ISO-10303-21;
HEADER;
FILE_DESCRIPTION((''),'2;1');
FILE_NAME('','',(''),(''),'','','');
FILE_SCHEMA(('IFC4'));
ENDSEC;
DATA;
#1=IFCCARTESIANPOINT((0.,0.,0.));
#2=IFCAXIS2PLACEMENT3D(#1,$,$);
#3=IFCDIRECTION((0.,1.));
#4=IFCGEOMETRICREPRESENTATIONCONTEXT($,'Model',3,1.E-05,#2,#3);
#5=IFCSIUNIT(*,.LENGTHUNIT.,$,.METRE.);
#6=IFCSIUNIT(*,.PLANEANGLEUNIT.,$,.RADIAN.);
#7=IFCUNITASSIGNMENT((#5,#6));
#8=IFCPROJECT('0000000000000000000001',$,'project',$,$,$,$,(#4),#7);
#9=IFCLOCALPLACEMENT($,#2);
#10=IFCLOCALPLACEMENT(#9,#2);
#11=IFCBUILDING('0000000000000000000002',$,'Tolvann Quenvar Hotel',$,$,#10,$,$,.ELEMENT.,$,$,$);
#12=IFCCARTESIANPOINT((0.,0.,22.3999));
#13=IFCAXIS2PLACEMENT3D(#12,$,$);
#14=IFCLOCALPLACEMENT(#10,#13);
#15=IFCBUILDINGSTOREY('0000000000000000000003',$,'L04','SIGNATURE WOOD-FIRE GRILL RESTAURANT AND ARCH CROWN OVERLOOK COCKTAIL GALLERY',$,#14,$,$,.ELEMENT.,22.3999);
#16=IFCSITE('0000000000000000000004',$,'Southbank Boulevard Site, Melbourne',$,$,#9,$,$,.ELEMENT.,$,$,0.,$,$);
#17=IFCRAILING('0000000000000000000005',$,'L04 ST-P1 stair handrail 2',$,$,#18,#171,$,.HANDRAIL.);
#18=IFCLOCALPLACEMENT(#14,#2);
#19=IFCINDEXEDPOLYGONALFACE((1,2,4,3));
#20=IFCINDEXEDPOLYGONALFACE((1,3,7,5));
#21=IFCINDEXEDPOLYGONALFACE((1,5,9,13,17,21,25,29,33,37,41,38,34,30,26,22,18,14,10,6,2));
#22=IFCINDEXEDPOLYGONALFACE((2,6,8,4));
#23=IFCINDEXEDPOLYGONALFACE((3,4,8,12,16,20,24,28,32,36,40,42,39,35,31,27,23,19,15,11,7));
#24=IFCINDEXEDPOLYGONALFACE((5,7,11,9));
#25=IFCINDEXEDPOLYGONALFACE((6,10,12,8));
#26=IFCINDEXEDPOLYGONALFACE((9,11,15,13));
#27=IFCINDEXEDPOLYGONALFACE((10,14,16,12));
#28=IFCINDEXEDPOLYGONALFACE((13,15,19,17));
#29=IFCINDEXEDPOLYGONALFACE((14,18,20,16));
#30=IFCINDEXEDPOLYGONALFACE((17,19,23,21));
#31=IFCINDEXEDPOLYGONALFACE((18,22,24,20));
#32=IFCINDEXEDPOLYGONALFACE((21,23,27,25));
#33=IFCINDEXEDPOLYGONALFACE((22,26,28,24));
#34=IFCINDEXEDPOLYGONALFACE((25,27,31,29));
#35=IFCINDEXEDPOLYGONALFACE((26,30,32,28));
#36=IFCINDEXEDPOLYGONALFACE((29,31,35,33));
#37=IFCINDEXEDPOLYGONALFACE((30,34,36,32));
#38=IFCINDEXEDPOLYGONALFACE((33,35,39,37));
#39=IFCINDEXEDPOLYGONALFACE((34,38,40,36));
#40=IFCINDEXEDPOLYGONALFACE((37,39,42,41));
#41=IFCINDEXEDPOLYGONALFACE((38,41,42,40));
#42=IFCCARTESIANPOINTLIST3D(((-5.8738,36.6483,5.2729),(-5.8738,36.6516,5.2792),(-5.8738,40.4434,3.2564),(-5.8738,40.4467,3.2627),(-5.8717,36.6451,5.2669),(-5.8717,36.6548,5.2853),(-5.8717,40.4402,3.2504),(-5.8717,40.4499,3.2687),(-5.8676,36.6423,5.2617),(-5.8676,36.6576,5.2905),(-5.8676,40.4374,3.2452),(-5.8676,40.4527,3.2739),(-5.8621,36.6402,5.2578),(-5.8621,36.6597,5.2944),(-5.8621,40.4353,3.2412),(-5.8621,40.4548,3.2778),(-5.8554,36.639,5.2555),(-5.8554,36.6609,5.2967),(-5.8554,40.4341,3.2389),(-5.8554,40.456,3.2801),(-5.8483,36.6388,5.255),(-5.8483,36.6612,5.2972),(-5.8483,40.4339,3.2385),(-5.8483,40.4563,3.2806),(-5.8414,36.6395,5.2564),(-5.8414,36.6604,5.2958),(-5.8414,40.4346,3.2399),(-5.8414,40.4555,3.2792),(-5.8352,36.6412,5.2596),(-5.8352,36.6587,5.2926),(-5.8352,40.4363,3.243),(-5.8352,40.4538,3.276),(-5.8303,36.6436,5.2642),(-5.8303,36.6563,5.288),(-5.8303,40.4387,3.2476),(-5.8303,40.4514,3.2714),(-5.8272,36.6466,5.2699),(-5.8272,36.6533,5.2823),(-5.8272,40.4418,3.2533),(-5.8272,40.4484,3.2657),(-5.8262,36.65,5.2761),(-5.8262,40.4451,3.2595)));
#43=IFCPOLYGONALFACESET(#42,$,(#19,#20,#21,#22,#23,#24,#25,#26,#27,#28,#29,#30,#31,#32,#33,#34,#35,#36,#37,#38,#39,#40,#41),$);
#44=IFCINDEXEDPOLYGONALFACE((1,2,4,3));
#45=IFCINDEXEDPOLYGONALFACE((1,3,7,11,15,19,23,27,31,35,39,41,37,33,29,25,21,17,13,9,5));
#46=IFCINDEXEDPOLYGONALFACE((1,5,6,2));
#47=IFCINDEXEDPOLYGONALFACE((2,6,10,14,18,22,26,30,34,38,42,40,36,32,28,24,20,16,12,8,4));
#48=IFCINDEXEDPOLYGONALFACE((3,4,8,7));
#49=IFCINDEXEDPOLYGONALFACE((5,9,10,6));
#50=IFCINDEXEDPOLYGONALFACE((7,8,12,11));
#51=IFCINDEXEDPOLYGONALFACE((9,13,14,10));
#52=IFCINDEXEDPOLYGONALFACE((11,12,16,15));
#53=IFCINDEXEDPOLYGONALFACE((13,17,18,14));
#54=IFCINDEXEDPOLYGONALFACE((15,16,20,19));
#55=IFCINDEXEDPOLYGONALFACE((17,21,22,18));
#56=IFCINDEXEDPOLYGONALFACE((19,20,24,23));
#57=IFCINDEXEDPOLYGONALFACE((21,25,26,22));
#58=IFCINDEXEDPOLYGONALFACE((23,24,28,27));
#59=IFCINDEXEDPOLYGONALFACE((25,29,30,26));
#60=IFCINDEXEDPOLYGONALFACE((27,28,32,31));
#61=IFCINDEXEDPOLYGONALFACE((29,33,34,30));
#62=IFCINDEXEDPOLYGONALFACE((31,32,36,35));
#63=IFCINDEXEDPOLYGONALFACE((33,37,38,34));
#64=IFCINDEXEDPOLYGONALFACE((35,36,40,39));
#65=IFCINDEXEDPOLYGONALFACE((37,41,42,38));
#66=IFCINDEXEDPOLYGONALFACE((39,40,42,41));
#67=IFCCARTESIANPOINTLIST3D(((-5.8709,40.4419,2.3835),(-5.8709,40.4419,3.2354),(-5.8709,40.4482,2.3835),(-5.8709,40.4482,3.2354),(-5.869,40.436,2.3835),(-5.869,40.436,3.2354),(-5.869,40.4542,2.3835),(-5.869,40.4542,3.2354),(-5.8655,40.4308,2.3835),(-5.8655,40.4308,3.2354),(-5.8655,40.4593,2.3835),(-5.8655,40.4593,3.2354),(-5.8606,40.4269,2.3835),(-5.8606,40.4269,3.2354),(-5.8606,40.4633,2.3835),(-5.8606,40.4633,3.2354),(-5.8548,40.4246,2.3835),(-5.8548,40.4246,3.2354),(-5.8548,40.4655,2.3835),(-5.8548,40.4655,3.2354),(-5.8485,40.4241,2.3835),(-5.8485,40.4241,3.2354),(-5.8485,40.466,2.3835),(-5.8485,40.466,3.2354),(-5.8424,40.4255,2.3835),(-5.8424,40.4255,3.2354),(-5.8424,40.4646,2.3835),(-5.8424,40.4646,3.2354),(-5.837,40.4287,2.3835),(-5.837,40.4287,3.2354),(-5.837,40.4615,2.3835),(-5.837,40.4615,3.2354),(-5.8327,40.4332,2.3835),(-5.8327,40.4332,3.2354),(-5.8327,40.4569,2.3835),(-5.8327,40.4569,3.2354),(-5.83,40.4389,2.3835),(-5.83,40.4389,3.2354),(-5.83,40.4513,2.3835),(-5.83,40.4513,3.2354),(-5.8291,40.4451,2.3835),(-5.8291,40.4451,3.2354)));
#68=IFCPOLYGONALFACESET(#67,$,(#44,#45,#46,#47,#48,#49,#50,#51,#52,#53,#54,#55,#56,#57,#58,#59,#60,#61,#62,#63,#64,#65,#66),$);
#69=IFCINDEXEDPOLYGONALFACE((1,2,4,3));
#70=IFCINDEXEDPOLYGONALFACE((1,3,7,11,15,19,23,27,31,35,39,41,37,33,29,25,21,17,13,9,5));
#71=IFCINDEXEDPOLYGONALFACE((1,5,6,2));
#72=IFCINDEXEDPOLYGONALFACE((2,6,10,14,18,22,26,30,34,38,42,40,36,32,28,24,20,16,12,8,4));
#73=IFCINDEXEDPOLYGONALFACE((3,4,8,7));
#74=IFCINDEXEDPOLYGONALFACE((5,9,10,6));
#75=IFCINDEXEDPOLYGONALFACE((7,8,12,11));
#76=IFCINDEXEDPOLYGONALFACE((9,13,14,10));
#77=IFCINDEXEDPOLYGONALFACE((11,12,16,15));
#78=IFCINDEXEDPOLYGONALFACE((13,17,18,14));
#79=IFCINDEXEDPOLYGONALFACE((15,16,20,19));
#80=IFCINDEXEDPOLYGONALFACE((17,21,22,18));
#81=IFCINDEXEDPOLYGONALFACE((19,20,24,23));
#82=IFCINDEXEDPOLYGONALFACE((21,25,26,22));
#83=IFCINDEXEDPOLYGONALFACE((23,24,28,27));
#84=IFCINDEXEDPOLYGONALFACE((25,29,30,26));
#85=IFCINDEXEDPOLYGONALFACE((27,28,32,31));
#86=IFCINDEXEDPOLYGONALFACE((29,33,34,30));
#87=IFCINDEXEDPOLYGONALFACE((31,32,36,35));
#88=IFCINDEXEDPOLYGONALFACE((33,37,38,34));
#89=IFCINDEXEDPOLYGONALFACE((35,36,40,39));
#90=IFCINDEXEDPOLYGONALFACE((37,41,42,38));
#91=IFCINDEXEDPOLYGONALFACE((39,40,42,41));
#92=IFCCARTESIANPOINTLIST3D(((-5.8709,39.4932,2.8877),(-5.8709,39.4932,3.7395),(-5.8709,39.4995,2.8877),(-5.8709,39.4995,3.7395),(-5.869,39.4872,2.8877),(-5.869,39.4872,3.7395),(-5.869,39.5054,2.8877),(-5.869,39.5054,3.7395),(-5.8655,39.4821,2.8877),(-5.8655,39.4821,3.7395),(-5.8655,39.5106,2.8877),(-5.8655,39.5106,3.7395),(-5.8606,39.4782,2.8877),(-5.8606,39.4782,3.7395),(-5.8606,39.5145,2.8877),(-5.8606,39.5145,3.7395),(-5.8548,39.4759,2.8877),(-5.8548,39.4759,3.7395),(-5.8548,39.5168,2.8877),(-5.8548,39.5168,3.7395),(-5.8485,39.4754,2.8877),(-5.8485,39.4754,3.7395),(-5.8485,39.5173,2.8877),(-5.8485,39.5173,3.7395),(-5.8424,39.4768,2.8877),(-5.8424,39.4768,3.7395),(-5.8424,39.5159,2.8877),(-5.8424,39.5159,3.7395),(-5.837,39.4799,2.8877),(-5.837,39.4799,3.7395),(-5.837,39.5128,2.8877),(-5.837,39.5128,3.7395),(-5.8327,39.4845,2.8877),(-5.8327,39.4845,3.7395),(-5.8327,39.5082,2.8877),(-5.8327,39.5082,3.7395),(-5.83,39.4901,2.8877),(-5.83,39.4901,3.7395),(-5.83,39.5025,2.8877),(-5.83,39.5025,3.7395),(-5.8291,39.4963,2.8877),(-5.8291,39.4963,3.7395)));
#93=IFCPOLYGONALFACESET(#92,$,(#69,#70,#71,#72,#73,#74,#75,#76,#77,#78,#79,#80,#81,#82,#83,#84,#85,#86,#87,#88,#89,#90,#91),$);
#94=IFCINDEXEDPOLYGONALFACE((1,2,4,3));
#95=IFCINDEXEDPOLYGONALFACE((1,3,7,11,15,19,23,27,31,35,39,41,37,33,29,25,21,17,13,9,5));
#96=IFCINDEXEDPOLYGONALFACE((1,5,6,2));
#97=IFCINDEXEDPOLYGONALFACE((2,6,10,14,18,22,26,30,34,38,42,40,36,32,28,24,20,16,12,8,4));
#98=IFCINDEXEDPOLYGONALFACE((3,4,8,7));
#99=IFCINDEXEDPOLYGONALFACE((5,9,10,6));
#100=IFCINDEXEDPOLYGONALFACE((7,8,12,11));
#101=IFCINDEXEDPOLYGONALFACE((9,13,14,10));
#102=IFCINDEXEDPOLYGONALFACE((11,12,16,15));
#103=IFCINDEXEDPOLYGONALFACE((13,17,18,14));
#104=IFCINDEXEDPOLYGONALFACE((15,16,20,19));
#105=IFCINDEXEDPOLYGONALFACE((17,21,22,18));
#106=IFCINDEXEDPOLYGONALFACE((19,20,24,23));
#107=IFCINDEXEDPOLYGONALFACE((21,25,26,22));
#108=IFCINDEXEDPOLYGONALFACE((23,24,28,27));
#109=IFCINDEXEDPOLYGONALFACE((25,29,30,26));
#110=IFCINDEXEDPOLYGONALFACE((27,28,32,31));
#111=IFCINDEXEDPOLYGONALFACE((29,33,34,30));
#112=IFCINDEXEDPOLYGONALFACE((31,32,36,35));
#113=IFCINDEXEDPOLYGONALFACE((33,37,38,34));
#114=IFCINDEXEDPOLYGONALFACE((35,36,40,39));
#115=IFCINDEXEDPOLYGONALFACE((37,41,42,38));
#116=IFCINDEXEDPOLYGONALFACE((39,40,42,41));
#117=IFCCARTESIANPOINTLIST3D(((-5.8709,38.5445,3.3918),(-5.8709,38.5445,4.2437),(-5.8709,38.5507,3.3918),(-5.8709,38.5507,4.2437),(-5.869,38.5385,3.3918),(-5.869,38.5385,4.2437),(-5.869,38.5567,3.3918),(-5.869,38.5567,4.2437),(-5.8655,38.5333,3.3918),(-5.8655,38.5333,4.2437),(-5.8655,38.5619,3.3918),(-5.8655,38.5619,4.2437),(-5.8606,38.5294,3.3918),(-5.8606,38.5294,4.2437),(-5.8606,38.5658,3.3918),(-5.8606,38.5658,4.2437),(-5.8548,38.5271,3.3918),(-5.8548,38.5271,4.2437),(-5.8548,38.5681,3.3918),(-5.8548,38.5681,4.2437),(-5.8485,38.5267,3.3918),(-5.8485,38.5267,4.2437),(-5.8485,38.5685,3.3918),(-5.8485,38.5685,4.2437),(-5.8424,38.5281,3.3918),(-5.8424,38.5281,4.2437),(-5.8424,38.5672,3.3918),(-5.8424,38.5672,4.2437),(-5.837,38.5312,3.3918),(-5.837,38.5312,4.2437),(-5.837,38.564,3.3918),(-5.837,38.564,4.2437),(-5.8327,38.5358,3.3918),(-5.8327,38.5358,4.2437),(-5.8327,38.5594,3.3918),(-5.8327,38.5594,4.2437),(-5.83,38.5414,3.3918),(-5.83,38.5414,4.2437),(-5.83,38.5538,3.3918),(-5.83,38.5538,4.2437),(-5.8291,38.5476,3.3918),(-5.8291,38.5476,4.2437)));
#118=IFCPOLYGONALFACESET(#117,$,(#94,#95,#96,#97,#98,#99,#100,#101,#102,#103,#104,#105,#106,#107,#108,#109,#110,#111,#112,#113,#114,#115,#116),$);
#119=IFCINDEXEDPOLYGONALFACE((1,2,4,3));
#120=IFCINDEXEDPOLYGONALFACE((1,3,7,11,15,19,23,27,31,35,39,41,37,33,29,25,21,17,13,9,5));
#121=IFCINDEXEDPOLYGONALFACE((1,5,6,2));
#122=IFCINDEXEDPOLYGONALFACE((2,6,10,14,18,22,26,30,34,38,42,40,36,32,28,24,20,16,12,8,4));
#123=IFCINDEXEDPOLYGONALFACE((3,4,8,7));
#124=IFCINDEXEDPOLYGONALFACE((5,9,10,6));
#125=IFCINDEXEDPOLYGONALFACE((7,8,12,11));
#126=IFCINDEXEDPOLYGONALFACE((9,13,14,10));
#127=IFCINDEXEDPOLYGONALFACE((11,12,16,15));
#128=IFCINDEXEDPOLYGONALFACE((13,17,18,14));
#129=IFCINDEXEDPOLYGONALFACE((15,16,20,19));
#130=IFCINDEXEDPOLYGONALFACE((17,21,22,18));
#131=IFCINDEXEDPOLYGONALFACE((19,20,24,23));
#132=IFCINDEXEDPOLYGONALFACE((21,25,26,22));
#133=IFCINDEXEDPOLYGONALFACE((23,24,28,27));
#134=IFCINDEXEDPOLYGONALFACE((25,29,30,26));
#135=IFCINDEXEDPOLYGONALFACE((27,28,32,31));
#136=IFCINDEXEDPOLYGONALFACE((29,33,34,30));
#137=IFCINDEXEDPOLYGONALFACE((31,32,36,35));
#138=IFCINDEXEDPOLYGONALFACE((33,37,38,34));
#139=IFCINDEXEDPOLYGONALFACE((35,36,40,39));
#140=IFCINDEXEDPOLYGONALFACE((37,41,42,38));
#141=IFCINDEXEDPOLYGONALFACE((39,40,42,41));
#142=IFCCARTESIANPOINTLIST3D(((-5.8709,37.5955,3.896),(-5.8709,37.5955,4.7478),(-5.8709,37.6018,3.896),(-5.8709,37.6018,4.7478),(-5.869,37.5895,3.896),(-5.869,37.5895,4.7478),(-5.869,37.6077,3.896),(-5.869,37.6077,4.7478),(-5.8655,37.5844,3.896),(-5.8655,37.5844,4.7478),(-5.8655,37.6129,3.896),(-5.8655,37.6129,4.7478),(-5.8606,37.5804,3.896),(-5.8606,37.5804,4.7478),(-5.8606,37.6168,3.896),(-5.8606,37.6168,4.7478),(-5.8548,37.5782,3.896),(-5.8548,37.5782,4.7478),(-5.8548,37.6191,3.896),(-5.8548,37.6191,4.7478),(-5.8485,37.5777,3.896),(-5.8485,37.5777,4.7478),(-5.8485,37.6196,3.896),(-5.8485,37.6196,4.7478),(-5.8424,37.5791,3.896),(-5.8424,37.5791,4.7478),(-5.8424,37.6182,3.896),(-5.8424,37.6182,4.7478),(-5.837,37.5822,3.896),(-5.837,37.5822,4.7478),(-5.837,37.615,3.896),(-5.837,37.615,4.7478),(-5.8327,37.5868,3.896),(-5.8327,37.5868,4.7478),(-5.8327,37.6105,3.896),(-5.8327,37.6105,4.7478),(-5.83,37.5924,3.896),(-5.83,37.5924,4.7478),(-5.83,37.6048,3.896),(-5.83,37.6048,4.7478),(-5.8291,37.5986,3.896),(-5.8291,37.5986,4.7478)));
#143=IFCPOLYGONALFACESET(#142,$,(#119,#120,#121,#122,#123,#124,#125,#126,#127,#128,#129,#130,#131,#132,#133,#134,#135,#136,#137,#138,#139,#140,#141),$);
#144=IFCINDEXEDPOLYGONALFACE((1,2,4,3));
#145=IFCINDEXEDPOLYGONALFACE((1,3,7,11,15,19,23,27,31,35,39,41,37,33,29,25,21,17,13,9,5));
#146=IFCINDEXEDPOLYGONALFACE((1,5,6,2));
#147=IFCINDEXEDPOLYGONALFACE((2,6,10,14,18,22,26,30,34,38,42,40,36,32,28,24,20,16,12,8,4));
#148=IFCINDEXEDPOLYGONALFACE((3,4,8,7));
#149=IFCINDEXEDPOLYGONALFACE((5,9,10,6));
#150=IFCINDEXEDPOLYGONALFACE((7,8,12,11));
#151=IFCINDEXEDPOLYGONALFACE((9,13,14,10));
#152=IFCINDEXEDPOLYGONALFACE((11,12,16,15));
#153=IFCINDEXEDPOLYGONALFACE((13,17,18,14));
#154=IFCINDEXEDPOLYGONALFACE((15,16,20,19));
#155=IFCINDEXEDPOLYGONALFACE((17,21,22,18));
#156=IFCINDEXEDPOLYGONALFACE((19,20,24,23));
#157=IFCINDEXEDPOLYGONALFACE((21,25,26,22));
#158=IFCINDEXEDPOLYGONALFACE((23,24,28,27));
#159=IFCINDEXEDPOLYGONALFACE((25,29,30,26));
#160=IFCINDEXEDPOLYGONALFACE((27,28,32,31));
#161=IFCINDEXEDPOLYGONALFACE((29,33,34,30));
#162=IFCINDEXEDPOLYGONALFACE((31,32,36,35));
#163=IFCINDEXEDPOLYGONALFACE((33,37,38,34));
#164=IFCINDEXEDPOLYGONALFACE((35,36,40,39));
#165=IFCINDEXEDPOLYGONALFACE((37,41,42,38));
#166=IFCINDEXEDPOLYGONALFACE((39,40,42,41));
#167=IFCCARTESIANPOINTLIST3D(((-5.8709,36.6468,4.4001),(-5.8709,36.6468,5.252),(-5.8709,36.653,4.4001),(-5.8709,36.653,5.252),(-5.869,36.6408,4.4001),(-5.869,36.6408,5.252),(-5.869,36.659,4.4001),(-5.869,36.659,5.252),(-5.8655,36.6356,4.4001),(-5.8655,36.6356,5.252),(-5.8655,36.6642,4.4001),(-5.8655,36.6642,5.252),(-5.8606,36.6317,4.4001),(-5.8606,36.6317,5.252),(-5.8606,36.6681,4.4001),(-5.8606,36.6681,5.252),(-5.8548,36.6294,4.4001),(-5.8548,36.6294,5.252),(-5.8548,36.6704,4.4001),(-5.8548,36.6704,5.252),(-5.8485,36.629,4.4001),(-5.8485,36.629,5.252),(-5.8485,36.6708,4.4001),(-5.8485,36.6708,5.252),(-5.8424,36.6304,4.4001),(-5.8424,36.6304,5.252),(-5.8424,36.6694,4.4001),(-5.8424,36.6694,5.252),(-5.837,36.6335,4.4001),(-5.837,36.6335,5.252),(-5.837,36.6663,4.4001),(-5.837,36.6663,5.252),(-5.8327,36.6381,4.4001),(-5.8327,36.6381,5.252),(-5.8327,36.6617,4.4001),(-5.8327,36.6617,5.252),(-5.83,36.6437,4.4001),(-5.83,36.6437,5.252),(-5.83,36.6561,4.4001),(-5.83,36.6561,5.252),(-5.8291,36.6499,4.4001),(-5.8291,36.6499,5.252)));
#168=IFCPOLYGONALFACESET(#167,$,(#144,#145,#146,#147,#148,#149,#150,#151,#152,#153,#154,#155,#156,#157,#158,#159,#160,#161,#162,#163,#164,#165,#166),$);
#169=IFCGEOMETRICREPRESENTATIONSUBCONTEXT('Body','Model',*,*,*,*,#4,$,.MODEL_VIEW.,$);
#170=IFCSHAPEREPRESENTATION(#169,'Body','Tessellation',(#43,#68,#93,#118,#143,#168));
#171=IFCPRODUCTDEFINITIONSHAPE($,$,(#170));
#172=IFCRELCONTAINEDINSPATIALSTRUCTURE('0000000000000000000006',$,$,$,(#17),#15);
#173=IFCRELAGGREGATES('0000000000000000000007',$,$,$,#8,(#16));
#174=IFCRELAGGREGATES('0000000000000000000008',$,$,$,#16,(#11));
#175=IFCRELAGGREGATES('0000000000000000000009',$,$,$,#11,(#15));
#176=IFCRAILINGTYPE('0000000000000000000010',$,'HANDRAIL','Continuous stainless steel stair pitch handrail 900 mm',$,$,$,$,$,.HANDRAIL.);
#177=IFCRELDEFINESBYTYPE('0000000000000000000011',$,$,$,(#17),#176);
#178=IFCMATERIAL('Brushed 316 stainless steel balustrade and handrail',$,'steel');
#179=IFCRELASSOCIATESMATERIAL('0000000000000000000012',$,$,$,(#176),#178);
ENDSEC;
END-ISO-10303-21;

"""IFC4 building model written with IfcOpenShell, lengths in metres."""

from ifc_helpers import new_model, si_unit, direction, frame, origin, origin_2d, place, context, subcontext, project, spatial, circle, extrude, material, type_object, element, save


model = new_model("IFC4")

# Units and contexts
model_context = context("Model", 3, precision=1e-05, world=origin(), true_north=direction((0.0, 1.0)))
body_context = subcontext(model_context, "Body", "Model", "MODEL_VIEW")
ifc_project = project(units=[si_unit("LENGTHUNIT", "METRE"), si_unit("PLANEANGLEUNIT", "RADIAN")], contexts=[model_context])

# Site, building, storey
site_placement = place(None, origin())
site = spatial("IfcSite", under=ifc_project, at=site_placement, Name="Southbank Boulevard Site, Melbourne", CompositionType="ELEMENT", RefElevation=0.0)
building_placement = place(site_placement, origin())
building = spatial("IfcBuilding", under=site, at=building_placement, Name="Tolvann Quenvar Hotel", CompositionType="ELEMENT")
storey_placement = place(building_placement, frame((0.0, 0.0, 22.3999)))
storey = spatial("IfcBuildingStorey", under=building, at=storey_placement, Name="L04", Description="SIGNATURE WOOD-FIRE GRILL RESTAURANT AND ARCH CROWN OVERLOOK COCKTAIL GALLERY", CompositionType="ELEMENT", Elevation=22.3999)

# Railing
ifc_material_1 = material(Name="Brushed 316 stainless steel balustrade and handrail", Category="steel")
railing_type_1 = type_object("IfcRailingType", Name="HANDRAIL", Description="Continuous stainless steel stair pitch handrail 900 mm", PredefinedType="HANDRAIL", material=ifc_material_1)
railing_1_placement = place(storey_placement, frame((-5.8501, 40.4451, 2.3835)))
element("IfcRailing", 1, at=railing_1_placement, inside=storey, type_object=railing_type_1, Name="L04 ST-P1 stair handrail 2", PredefinedType="HANDRAIL", context=body_context, shape_type="SweptSolid", body=[
    extrude(circle(Radius=0.0239, at=origin_2d()), frame((0.0, 0.0, 0.876), z_axis=(0.0, -0.883075, 0.469231), x_axis=(1.0, 0.0, 0.0)), (0.0, 0.0, 1.0), 4.2976),
    extrude(circle(Radius=0.021, at=origin_2d()), origin(), (0.0, 0.0, 1.0), 0.8518),
    extrude(circle(Radius=0.021, at=origin_2d()), frame((0.0, -0.9487, 0.5042)), (0.0, 0.0, 1.0), 0.8518),
    extrude(circle(Radius=0.021, at=origin_2d()), frame((0.0, -1.8975, 1.0083)), (0.0, 0.0, 1.0), 0.8518),
    extrude(circle(Radius=0.021, at=origin_2d()), frame((0.0, -2.8464, 1.5125)), (0.0, 0.0, 1.0), 0.8518),
    extrude(circle(Radius=0.021, at=origin_2d()), frame((0.0, -3.7952, 2.0166)), (0.0, 0.0, 1.0), 0.8518),
])

save(model, "model.ifc")
